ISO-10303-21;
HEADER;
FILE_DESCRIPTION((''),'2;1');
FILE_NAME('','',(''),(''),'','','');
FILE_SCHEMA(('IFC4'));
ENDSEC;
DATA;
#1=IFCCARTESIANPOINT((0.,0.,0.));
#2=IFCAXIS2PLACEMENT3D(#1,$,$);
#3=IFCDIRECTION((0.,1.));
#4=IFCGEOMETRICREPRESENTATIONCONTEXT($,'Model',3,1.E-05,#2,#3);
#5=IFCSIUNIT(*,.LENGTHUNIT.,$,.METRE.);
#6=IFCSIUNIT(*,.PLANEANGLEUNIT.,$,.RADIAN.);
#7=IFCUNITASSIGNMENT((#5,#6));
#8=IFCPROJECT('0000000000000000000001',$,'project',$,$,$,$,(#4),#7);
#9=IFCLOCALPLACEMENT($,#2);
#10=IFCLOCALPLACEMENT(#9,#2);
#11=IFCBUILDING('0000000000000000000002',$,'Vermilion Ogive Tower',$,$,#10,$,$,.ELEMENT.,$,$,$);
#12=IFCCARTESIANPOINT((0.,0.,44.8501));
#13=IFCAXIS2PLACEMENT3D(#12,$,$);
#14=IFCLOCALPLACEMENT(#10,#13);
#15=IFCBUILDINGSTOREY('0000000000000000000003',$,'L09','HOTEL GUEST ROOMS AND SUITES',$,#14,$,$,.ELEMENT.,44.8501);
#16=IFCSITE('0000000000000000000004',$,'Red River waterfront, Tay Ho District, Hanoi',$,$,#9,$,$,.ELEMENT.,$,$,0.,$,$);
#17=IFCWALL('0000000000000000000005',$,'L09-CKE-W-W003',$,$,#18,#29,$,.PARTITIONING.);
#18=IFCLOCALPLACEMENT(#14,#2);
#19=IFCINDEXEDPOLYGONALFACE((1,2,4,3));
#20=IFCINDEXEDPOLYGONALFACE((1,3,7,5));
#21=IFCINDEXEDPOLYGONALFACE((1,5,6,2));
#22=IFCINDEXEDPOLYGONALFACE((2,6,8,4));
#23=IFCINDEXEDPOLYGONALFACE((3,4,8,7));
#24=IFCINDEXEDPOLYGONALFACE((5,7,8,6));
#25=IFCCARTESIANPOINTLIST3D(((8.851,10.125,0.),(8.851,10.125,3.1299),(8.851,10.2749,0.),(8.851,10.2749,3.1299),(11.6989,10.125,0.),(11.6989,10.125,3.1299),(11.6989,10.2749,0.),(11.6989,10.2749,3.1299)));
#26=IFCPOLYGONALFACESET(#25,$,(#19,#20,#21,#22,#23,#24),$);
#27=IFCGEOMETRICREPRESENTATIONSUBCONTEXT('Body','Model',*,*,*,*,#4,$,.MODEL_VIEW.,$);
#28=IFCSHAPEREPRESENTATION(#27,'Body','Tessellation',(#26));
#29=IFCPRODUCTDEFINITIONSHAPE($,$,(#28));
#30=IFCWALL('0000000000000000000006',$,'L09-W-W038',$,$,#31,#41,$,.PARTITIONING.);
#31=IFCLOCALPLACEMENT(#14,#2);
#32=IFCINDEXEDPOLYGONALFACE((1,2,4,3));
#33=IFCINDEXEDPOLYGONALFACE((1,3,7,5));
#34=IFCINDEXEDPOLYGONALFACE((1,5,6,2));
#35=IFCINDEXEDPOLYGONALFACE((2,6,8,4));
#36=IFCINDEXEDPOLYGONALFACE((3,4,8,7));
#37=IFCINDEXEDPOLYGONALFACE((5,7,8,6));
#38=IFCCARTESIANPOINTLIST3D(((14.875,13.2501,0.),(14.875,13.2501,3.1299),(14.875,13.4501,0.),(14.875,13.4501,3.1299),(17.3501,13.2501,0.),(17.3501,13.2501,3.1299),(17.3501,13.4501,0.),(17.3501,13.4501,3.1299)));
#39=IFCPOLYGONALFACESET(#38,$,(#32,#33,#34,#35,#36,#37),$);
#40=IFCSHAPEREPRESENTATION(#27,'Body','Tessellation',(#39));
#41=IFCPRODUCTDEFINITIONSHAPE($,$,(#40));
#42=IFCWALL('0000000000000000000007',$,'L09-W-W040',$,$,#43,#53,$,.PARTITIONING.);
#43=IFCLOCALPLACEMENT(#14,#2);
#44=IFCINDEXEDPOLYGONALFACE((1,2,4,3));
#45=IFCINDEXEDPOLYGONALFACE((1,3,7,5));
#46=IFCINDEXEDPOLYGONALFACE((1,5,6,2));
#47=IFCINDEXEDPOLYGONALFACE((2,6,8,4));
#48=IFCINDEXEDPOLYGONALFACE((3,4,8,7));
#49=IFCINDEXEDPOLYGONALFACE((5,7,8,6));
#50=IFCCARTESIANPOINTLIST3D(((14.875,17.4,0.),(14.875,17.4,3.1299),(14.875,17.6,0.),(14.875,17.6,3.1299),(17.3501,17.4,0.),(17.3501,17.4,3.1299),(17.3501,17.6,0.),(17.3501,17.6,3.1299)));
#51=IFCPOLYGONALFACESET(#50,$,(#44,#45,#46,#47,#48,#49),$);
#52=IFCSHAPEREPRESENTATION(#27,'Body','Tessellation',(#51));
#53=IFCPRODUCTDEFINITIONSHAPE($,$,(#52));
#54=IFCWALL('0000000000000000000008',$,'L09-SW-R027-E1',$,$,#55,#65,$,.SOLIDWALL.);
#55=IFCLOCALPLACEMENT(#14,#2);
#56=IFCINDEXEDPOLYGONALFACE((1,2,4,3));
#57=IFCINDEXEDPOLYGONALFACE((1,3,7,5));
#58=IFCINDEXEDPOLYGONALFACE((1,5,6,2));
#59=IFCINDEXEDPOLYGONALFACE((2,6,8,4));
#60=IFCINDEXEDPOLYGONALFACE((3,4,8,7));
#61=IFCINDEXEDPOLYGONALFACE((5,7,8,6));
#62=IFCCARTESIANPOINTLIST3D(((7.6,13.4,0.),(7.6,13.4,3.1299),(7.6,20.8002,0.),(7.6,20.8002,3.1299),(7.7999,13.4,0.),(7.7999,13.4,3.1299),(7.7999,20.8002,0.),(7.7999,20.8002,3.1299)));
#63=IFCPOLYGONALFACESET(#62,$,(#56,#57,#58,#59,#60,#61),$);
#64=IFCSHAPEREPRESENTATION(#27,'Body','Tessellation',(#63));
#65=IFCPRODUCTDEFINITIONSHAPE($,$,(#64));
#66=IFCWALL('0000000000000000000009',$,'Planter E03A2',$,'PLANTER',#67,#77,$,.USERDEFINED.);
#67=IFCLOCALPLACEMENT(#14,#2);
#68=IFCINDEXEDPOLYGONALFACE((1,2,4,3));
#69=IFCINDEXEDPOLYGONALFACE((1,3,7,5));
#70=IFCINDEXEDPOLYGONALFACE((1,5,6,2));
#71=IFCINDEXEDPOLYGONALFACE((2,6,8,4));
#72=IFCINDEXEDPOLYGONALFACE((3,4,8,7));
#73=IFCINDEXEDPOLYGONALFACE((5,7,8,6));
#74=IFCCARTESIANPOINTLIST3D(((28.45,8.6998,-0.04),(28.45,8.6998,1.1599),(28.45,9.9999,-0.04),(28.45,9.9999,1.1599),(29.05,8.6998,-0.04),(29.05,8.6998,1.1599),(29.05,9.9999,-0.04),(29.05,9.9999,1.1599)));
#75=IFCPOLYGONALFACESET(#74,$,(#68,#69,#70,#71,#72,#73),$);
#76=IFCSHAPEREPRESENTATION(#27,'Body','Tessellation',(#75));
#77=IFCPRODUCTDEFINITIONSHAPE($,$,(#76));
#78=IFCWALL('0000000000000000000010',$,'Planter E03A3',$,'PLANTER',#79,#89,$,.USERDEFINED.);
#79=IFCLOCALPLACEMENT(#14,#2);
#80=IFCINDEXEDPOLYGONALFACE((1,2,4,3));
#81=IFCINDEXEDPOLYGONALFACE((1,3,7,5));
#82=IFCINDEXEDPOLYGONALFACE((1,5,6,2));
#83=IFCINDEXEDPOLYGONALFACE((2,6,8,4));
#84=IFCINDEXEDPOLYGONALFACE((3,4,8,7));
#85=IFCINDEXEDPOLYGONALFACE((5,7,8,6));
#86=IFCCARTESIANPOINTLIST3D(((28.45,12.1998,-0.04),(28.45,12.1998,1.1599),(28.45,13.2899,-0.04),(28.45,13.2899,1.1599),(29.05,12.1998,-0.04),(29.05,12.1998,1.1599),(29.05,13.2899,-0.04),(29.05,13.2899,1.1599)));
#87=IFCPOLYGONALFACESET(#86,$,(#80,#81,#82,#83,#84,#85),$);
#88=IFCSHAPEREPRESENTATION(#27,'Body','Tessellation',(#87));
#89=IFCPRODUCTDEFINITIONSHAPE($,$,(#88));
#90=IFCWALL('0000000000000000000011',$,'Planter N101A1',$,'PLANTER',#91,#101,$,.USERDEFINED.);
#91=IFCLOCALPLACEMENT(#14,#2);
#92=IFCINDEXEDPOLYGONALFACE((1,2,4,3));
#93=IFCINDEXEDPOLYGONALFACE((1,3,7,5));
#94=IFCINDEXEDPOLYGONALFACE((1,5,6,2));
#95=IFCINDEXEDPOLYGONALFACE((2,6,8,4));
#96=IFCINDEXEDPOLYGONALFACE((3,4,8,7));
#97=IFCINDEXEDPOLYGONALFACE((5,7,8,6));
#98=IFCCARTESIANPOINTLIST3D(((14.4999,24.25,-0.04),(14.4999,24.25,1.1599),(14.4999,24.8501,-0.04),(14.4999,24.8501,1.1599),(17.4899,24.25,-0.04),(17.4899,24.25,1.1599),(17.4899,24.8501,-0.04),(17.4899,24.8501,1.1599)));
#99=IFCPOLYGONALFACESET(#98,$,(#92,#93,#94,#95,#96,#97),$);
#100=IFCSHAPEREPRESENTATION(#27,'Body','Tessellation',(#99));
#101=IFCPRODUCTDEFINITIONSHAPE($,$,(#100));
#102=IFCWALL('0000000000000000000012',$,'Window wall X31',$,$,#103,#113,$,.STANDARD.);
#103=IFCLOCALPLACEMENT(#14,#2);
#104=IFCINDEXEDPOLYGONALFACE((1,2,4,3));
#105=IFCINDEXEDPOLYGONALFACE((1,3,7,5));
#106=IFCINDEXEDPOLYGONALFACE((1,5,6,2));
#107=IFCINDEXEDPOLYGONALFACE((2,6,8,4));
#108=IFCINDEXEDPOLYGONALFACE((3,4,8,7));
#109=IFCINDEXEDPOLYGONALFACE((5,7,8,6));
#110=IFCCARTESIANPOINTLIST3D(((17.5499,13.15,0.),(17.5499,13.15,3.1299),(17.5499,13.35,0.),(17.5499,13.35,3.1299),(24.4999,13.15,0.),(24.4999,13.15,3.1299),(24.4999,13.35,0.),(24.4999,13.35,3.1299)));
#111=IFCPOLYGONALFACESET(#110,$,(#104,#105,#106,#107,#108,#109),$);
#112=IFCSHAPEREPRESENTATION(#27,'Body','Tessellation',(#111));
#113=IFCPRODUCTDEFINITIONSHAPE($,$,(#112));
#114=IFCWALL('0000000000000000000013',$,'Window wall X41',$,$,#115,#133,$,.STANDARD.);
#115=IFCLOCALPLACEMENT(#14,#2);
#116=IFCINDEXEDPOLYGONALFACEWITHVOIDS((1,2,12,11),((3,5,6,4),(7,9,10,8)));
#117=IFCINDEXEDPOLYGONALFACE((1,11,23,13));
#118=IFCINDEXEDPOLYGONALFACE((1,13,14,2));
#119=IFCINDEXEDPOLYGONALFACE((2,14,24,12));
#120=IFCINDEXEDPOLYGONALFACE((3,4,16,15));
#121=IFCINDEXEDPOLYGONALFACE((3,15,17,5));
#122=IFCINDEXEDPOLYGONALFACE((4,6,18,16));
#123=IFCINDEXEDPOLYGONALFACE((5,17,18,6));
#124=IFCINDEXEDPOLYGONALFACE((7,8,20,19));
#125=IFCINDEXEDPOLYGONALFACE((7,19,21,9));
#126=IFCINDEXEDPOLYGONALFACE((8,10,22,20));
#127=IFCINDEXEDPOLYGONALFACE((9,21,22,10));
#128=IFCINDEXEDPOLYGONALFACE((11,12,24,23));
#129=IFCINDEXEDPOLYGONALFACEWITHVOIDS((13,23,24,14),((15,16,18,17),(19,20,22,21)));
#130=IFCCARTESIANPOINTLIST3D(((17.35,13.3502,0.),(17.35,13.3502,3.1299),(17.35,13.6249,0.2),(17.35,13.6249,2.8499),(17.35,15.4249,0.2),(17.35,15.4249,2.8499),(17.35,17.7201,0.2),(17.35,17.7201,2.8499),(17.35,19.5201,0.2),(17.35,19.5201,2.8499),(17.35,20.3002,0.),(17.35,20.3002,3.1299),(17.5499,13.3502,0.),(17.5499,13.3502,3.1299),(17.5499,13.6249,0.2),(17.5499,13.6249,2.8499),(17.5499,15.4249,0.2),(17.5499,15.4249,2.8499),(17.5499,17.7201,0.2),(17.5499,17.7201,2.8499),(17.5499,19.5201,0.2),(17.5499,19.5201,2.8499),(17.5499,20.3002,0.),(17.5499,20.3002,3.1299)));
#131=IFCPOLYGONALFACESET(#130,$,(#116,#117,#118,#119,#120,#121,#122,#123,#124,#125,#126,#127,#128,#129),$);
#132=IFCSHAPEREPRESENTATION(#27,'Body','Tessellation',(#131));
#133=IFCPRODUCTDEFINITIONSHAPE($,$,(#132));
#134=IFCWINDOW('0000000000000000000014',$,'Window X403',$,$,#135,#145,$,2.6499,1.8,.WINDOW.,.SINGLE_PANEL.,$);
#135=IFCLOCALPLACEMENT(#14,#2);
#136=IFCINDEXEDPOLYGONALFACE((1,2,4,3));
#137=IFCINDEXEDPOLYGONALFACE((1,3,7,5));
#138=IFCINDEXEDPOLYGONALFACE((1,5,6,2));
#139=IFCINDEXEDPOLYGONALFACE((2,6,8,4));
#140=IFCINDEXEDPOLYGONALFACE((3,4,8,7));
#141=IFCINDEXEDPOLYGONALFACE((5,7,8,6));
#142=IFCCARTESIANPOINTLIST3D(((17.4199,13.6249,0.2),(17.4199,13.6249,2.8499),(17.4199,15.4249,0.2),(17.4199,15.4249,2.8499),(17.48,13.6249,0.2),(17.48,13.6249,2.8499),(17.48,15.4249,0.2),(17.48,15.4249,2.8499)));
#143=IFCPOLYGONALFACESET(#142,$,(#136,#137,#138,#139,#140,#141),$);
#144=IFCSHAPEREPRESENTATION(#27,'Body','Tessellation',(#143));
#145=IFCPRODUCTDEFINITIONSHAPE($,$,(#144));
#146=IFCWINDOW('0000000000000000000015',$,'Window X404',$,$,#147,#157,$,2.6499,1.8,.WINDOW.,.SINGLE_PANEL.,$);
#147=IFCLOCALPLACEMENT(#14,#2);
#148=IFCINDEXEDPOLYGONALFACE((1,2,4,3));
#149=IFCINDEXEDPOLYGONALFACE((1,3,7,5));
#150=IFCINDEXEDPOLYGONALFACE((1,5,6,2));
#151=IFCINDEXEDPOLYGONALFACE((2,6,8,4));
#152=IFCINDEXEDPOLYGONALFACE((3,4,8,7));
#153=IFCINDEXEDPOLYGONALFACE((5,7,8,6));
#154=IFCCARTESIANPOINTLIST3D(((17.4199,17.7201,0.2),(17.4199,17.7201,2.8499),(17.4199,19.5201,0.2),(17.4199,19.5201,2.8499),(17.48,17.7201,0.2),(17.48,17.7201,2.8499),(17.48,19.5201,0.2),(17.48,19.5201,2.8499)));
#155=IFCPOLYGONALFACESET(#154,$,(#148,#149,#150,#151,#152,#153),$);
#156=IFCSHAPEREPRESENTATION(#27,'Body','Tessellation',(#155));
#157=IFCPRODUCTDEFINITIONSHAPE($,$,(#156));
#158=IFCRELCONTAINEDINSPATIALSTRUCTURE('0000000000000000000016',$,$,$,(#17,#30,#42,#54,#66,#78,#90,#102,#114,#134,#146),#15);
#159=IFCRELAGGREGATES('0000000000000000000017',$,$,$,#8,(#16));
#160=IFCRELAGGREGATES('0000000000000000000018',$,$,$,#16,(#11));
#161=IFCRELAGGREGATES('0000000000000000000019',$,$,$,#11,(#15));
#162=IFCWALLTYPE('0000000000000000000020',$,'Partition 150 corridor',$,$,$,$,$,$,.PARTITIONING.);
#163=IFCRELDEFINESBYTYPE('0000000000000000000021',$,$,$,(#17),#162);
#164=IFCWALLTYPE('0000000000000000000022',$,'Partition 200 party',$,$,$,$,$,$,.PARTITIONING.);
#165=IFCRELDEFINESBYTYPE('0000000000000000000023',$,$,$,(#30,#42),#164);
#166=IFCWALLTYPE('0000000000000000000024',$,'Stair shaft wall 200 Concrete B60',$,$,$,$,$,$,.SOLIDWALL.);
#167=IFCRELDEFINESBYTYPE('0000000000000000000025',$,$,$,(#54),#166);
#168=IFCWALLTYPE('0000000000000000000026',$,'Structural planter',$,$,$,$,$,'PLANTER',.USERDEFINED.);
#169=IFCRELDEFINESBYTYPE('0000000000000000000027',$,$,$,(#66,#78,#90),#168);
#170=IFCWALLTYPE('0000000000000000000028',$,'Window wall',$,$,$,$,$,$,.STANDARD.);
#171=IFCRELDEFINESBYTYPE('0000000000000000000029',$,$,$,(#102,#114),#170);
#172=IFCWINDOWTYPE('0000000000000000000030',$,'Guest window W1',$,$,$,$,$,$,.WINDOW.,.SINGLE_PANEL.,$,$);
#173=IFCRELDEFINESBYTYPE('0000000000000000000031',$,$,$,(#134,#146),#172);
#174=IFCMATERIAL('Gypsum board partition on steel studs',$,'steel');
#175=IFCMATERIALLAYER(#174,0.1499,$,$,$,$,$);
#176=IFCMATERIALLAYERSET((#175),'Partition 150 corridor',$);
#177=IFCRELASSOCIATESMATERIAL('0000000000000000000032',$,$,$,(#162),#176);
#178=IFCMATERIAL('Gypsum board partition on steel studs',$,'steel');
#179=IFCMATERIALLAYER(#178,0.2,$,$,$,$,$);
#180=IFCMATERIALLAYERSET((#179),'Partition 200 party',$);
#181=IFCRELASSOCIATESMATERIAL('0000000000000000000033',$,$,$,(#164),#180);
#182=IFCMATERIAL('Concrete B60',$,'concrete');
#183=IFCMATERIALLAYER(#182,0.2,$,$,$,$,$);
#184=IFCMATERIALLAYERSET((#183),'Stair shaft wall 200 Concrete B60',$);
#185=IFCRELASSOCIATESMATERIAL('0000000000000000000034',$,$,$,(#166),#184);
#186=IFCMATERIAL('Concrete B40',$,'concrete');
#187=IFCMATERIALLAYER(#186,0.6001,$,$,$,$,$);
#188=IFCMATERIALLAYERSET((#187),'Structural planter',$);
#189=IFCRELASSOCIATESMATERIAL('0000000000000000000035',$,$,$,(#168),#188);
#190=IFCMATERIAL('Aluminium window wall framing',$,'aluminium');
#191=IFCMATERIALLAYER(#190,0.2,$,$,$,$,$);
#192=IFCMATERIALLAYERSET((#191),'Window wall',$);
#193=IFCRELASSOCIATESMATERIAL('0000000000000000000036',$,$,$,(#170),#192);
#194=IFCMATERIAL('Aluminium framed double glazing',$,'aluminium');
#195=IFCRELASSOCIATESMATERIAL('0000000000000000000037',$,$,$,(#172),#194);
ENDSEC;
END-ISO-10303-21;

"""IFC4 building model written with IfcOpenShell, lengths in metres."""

from ifc_helpers import new_model, si_unit, direction, frame, frame_2d, origin, place, context, subcontext, project, spatial, rectangle, extrude, material, layer, layer_set, type_object, element, fill, save


model = new_model("IFC4")

# Units and contexts
model_context = context("Model", 3, precision=1e-05, world=origin(), true_north=direction((0.0, 1.0)))
body_context = subcontext(model_context, "Body", "Model", "MODEL_VIEW")
ifc_project = project(units=[si_unit("LENGTHUNIT", "METRE"), si_unit("PLANEANGLEUNIT", "RADIAN")], contexts=[model_context])

# Site, building, storey
site_placement = place(None, origin())
site = spatial("IfcSite", under=ifc_project, at=site_placement, Name="Red River waterfront, Tay Ho District, Hanoi", CompositionType="ELEMENT", RefElevation=0.0)
building_placement = place(site_placement, origin())
building = spatial("IfcBuilding", under=site, at=building_placement, Name="Vermilion Ogive Tower", CompositionType="ELEMENT")
storey_placement = place(building_placement, frame((0.0, 0.0, 44.8501)))
storey = spatial("IfcBuildingStorey", under=building, at=storey_placement, Name="L09", Description="HOTEL GUEST ROOMS AND SUITES", CompositionType="ELEMENT", Elevation=44.8501)

# Walls
ifc_material_1 = material(Name="Gypsum board partition on steel studs", Category="steel")
ifc_layer_1 = layer(ifc_material_1, 0.1499)
ifc_layer_set_1 = layer_set([ifc_layer_1], Name="Partition 150 corridor")
wall_type_1 = type_object("IfcWallType", Name="Partition 150 corridor", PredefinedType="PARTITIONING", material=ifc_layer_set_1)
wall_1_placement = place(storey_placement, frame((8.8511, 10.2, 0.0), z_axis=(0.0, 0.0, 1.0), x_axis=(1.0, 0.0, 0.0)))
element("IfcWall", 1, at=wall_1_placement, inside=storey, type_object=wall_type_1, Name="L09-CKE-W-W003", PredefinedType="PARTITIONING", context=body_context, shape_type="SweptSolid", body=[
    extrude(rectangle(XDim=2.8479, YDim=0.1499, at=frame_2d((1.4238, 0.0))), origin(), (0.0, 0.0, 1.0), 3.1299),
])
ifc_material_2 = material(Name="Gypsum board partition on steel studs", Category="steel")
ifc_layer_2 = layer(ifc_material_2, 0.2)
ifc_layer_set_2 = layer_set([ifc_layer_2], Name="Partition 200 party")
wall_type_2 = type_object("IfcWallType", Name="Partition 200 party", PredefinedType="PARTITIONING", material=ifc_layer_set_2)
for number, where, z_axis, x_axis, name in (
    (2, (14.875, 13.3501, 0.0), (0.0, 0.0, 1.0), (1.0, 0.0, 0.0), "L09-W-W038"),
    (3, (14.875, 17.5, 0.0), (0.0, 0.0, 1.0), (1.0, 0.0, 0.0), "L09-W-W040"),
):
    element("IfcWall", number, at=place(storey_placement, frame(where, z_axis=z_axis, x_axis=x_axis)), inside=storey, type_object=wall_type_2, Name=name, PredefinedType="PARTITIONING", context=body_context, shape_type="SweptSolid", body=[
        extrude(rectangle(XDim=2.4751, YDim=0.2, at=frame_2d((1.2375, 0.0))), origin(), (0.0, 0.0, 1.0), 3.1299),
    ])
ifc_material_3 = material(Name="Concrete B60", Category="concrete")
ifc_layer_3 = layer(ifc_material_3, 0.2)
ifc_layer_set_3 = layer_set([ifc_layer_3], Name="Stair shaft wall 200 Concrete B60")
wall_type_3 = type_object("IfcWallType", Name="Stair shaft wall 200 Concrete B60", PredefinedType="SOLIDWALL", material=ifc_layer_set_3)
wall_2_placement = place(storey_placement, frame((7.7, 13.3999, 0.0), z_axis=(0.0, 0.0, 1.0), x_axis=(0.0, 1.0, 0.0)))
element("IfcWall", 4, at=wall_2_placement, inside=storey, type_object=wall_type_3, Name="L09-SW-R027-E1", PredefinedType="SOLIDWALL", context=body_context, shape_type="SweptSolid", body=[
    extrude(rectangle(XDim=7.4001, YDim=0.2, at=frame_2d((3.7002, 0.0))), origin(), (0.0, 0.0, 1.0), 3.1299),
])
ifc_material_4 = material(Name="Concrete B40", Category="concrete")
ifc_layer_4 = layer(ifc_material_4, 0.6001)
ifc_layer_set_4 = layer_set([ifc_layer_4], Name="Structural planter")
wall_type_4 = type_object("IfcWallType", Name="Structural planter", ElementType="PLANTER", PredefinedType="USERDEFINED", material=ifc_layer_set_4)
wall_3_placement = place(storey_placement, frame((28.75, 8.7, -0.04), z_axis=(0.0, 0.0, 1.0), x_axis=(0.0, 1.0, 0.0)))
element("IfcWall", 5, at=wall_3_placement, inside=storey, type_object=wall_type_4, Name="Planter E03A2", ObjectType="PLANTER", PredefinedType="USERDEFINED", context=body_context, shape_type="SweptSolid", body=[
    extrude(rectangle(XDim=1.3, YDim=0.6001, at=frame_2d((0.6499, 0.0))), origin(), (0.0, 0.0, 1.0), 1.2),
])
wall_4_placement = place(storey_placement, frame((28.75, 12.2, -0.04), z_axis=(0.0, 0.0, 1.0), x_axis=(0.0, 1.0, 0.0)))
element("IfcWall", 6, at=wall_4_placement, inside=storey, type_object=wall_type_4, Name="Planter E03A3", ObjectType="PLANTER", PredefinedType="USERDEFINED", context=body_context, shape_type="SweptSolid", body=[
    extrude(rectangle(XDim=1.0901, YDim=0.6001, at=frame_2d((0.5449, 0.0))), origin(), (0.0, 0.0, 1.0), 1.2),
])
wall_5_placement = place(storey_placement, frame((17.49, 24.55, -0.04), z_axis=(0.0, 0.0, 1.0), x_axis=(-1.0, 0.0, 0.0)))
element("IfcWall", 7, at=wall_5_placement, inside=storey, type_object=wall_type_4, Name="Planter N101A1", ObjectType="PLANTER", PredefinedType="USERDEFINED", context=body_context, shape_type="SweptSolid", body=[
    extrude(rectangle(XDim=2.99, YDim=0.6001, at=frame_2d((1.4951, 0.0))), origin(), (0.0, 0.0, 1.0), 1.2),
])
ifc_material_5 = material(Name="Aluminium window wall framing", Category="aluminium")
ifc_layer_5 = layer(ifc_material_5, 0.2)
ifc_layer_set_5 = layer_set([ifc_layer_5], Name="Window wall")
wall_type_5 = type_object("IfcWallType", Name="Window wall", PredefinedType="STANDARD", material=ifc_layer_set_5)
wall_6_placement = place(storey_placement, frame((24.5, 13.25, 0.0), z_axis=(0.0, 0.0, 1.0), x_axis=(-1.0, 0.0, 0.0)))
element("IfcWall", 8, at=wall_6_placement, inside=storey, type_object=wall_type_5, Name="Window wall X31", PredefinedType="STANDARD", context=body_context, shape_type="SweptSolid", body=[
    extrude(rectangle(XDim=6.95, YDim=0.2, at=frame_2d((3.4751, 0.0))), origin(), (0.0, 0.0, 1.0), 3.1299),
])

# Wall, openings, windows
wall_7_placement = place(storey_placement, frame((17.45, 13.3501, 0.0), z_axis=(0.0, 0.0, 1.0), x_axis=(0.0, 1.0, 0.0)))
wall_7 = element("IfcWall", 9, at=wall_7_placement, inside=storey, type_object=wall_type_5, Name="Window wall X41", PredefinedType="STANDARD", context=body_context, shape_type="SweptSolid", body=[
    extrude(rectangle(XDim=6.95, YDim=0.2, at=frame_2d((3.4751, 0.0))), origin(), (0.0, 0.0, 1.0), 3.1299),
])
opening_1_placement = place(wall_7_placement, frame((0.2749, 0.0, 0.2)))
opening_1 = element("IfcOpeningElement", 10, at=opening_1_placement, cuts=wall_7, PredefinedType="OPENING", context=body_context, shape_type="SweptSolid", body=[
    extrude(rectangle(XDim=1.8, YDim=2.6499, at=frame_2d((0.8999, 1.325))), frame((0.0, 0.1099, 0.0), z_axis=(0.0, -1.0, 0.0), x_axis=(1.0, 0.0, 0.0)), (0.0, 0.0, 1.0), 0.22),
])
opening_2_placement = place(wall_7_placement, frame((4.3701, 0.0, 0.2)))
opening_2 = element("IfcOpeningElement", 11, at=opening_2_placement, cuts=wall_7, PredefinedType="OPENING", context=body_context, shape_type="SweptSolid", body=[
    extrude(rectangle(XDim=1.8, YDim=2.6499, at=frame_2d((0.8999, 1.325))), frame((0.0, 0.1099, 0.0), z_axis=(0.0, -1.0, 0.0), x_axis=(1.0, 0.0, 0.0)), (0.0, 0.0, 1.0), 0.22),
])
ifc_material_6 = material(Name="Aluminium framed double glazing", Category="aluminium")
window_type = type_object("IfcWindowType", Name="Guest window W1", PartitioningType="SINGLE_PANEL", PredefinedType="WINDOW", material=ifc_material_6)
window_1_placement = place(opening_1_placement, origin())
window_1 = element("IfcWindow", 12, at=window_1_placement, inside=storey, type_object=window_type, Name="Window X403", OverallHeight=2.6499, OverallWidth=1.8, PartitioningType="SINGLE_PANEL", PredefinedType="WINDOW", context=body_context, shape_type="SweptSolid", body=[
    extrude(rectangle(XDim=1.8, YDim=2.6499, at=frame_2d((0.8999, 1.325))), frame((0.0, 0.03, 0.0), z_axis=(0.0, -1.0, 0.0), x_axis=(1.0, 0.0, 0.0)), (0.0, 0.0, 1.0), 0.0601),
])
fill(opening_1, window_1)
window_2_placement = place(opening_2_placement, origin())
window_2 = element("IfcWindow", 13, at=window_2_placement, inside=storey, type_object=window_type, Name="Window X404", OverallHeight=2.6499, OverallWidth=1.8, PartitioningType="SINGLE_PANEL", PredefinedType="WINDOW", context=body_context, shape_type="SweptSolid", body=[
    extrude(rectangle(XDim=1.8, YDim=2.6499, at=frame_2d((0.8999, 1.325))), frame((0.0, 0.03, 0.0), z_axis=(0.0, -1.0, 0.0), x_axis=(1.0, 0.0, 0.0)), (0.0, 0.0, 1.0), 0.0601),
])
fill(opening_2, window_2)

save(model, "model.ifc")
